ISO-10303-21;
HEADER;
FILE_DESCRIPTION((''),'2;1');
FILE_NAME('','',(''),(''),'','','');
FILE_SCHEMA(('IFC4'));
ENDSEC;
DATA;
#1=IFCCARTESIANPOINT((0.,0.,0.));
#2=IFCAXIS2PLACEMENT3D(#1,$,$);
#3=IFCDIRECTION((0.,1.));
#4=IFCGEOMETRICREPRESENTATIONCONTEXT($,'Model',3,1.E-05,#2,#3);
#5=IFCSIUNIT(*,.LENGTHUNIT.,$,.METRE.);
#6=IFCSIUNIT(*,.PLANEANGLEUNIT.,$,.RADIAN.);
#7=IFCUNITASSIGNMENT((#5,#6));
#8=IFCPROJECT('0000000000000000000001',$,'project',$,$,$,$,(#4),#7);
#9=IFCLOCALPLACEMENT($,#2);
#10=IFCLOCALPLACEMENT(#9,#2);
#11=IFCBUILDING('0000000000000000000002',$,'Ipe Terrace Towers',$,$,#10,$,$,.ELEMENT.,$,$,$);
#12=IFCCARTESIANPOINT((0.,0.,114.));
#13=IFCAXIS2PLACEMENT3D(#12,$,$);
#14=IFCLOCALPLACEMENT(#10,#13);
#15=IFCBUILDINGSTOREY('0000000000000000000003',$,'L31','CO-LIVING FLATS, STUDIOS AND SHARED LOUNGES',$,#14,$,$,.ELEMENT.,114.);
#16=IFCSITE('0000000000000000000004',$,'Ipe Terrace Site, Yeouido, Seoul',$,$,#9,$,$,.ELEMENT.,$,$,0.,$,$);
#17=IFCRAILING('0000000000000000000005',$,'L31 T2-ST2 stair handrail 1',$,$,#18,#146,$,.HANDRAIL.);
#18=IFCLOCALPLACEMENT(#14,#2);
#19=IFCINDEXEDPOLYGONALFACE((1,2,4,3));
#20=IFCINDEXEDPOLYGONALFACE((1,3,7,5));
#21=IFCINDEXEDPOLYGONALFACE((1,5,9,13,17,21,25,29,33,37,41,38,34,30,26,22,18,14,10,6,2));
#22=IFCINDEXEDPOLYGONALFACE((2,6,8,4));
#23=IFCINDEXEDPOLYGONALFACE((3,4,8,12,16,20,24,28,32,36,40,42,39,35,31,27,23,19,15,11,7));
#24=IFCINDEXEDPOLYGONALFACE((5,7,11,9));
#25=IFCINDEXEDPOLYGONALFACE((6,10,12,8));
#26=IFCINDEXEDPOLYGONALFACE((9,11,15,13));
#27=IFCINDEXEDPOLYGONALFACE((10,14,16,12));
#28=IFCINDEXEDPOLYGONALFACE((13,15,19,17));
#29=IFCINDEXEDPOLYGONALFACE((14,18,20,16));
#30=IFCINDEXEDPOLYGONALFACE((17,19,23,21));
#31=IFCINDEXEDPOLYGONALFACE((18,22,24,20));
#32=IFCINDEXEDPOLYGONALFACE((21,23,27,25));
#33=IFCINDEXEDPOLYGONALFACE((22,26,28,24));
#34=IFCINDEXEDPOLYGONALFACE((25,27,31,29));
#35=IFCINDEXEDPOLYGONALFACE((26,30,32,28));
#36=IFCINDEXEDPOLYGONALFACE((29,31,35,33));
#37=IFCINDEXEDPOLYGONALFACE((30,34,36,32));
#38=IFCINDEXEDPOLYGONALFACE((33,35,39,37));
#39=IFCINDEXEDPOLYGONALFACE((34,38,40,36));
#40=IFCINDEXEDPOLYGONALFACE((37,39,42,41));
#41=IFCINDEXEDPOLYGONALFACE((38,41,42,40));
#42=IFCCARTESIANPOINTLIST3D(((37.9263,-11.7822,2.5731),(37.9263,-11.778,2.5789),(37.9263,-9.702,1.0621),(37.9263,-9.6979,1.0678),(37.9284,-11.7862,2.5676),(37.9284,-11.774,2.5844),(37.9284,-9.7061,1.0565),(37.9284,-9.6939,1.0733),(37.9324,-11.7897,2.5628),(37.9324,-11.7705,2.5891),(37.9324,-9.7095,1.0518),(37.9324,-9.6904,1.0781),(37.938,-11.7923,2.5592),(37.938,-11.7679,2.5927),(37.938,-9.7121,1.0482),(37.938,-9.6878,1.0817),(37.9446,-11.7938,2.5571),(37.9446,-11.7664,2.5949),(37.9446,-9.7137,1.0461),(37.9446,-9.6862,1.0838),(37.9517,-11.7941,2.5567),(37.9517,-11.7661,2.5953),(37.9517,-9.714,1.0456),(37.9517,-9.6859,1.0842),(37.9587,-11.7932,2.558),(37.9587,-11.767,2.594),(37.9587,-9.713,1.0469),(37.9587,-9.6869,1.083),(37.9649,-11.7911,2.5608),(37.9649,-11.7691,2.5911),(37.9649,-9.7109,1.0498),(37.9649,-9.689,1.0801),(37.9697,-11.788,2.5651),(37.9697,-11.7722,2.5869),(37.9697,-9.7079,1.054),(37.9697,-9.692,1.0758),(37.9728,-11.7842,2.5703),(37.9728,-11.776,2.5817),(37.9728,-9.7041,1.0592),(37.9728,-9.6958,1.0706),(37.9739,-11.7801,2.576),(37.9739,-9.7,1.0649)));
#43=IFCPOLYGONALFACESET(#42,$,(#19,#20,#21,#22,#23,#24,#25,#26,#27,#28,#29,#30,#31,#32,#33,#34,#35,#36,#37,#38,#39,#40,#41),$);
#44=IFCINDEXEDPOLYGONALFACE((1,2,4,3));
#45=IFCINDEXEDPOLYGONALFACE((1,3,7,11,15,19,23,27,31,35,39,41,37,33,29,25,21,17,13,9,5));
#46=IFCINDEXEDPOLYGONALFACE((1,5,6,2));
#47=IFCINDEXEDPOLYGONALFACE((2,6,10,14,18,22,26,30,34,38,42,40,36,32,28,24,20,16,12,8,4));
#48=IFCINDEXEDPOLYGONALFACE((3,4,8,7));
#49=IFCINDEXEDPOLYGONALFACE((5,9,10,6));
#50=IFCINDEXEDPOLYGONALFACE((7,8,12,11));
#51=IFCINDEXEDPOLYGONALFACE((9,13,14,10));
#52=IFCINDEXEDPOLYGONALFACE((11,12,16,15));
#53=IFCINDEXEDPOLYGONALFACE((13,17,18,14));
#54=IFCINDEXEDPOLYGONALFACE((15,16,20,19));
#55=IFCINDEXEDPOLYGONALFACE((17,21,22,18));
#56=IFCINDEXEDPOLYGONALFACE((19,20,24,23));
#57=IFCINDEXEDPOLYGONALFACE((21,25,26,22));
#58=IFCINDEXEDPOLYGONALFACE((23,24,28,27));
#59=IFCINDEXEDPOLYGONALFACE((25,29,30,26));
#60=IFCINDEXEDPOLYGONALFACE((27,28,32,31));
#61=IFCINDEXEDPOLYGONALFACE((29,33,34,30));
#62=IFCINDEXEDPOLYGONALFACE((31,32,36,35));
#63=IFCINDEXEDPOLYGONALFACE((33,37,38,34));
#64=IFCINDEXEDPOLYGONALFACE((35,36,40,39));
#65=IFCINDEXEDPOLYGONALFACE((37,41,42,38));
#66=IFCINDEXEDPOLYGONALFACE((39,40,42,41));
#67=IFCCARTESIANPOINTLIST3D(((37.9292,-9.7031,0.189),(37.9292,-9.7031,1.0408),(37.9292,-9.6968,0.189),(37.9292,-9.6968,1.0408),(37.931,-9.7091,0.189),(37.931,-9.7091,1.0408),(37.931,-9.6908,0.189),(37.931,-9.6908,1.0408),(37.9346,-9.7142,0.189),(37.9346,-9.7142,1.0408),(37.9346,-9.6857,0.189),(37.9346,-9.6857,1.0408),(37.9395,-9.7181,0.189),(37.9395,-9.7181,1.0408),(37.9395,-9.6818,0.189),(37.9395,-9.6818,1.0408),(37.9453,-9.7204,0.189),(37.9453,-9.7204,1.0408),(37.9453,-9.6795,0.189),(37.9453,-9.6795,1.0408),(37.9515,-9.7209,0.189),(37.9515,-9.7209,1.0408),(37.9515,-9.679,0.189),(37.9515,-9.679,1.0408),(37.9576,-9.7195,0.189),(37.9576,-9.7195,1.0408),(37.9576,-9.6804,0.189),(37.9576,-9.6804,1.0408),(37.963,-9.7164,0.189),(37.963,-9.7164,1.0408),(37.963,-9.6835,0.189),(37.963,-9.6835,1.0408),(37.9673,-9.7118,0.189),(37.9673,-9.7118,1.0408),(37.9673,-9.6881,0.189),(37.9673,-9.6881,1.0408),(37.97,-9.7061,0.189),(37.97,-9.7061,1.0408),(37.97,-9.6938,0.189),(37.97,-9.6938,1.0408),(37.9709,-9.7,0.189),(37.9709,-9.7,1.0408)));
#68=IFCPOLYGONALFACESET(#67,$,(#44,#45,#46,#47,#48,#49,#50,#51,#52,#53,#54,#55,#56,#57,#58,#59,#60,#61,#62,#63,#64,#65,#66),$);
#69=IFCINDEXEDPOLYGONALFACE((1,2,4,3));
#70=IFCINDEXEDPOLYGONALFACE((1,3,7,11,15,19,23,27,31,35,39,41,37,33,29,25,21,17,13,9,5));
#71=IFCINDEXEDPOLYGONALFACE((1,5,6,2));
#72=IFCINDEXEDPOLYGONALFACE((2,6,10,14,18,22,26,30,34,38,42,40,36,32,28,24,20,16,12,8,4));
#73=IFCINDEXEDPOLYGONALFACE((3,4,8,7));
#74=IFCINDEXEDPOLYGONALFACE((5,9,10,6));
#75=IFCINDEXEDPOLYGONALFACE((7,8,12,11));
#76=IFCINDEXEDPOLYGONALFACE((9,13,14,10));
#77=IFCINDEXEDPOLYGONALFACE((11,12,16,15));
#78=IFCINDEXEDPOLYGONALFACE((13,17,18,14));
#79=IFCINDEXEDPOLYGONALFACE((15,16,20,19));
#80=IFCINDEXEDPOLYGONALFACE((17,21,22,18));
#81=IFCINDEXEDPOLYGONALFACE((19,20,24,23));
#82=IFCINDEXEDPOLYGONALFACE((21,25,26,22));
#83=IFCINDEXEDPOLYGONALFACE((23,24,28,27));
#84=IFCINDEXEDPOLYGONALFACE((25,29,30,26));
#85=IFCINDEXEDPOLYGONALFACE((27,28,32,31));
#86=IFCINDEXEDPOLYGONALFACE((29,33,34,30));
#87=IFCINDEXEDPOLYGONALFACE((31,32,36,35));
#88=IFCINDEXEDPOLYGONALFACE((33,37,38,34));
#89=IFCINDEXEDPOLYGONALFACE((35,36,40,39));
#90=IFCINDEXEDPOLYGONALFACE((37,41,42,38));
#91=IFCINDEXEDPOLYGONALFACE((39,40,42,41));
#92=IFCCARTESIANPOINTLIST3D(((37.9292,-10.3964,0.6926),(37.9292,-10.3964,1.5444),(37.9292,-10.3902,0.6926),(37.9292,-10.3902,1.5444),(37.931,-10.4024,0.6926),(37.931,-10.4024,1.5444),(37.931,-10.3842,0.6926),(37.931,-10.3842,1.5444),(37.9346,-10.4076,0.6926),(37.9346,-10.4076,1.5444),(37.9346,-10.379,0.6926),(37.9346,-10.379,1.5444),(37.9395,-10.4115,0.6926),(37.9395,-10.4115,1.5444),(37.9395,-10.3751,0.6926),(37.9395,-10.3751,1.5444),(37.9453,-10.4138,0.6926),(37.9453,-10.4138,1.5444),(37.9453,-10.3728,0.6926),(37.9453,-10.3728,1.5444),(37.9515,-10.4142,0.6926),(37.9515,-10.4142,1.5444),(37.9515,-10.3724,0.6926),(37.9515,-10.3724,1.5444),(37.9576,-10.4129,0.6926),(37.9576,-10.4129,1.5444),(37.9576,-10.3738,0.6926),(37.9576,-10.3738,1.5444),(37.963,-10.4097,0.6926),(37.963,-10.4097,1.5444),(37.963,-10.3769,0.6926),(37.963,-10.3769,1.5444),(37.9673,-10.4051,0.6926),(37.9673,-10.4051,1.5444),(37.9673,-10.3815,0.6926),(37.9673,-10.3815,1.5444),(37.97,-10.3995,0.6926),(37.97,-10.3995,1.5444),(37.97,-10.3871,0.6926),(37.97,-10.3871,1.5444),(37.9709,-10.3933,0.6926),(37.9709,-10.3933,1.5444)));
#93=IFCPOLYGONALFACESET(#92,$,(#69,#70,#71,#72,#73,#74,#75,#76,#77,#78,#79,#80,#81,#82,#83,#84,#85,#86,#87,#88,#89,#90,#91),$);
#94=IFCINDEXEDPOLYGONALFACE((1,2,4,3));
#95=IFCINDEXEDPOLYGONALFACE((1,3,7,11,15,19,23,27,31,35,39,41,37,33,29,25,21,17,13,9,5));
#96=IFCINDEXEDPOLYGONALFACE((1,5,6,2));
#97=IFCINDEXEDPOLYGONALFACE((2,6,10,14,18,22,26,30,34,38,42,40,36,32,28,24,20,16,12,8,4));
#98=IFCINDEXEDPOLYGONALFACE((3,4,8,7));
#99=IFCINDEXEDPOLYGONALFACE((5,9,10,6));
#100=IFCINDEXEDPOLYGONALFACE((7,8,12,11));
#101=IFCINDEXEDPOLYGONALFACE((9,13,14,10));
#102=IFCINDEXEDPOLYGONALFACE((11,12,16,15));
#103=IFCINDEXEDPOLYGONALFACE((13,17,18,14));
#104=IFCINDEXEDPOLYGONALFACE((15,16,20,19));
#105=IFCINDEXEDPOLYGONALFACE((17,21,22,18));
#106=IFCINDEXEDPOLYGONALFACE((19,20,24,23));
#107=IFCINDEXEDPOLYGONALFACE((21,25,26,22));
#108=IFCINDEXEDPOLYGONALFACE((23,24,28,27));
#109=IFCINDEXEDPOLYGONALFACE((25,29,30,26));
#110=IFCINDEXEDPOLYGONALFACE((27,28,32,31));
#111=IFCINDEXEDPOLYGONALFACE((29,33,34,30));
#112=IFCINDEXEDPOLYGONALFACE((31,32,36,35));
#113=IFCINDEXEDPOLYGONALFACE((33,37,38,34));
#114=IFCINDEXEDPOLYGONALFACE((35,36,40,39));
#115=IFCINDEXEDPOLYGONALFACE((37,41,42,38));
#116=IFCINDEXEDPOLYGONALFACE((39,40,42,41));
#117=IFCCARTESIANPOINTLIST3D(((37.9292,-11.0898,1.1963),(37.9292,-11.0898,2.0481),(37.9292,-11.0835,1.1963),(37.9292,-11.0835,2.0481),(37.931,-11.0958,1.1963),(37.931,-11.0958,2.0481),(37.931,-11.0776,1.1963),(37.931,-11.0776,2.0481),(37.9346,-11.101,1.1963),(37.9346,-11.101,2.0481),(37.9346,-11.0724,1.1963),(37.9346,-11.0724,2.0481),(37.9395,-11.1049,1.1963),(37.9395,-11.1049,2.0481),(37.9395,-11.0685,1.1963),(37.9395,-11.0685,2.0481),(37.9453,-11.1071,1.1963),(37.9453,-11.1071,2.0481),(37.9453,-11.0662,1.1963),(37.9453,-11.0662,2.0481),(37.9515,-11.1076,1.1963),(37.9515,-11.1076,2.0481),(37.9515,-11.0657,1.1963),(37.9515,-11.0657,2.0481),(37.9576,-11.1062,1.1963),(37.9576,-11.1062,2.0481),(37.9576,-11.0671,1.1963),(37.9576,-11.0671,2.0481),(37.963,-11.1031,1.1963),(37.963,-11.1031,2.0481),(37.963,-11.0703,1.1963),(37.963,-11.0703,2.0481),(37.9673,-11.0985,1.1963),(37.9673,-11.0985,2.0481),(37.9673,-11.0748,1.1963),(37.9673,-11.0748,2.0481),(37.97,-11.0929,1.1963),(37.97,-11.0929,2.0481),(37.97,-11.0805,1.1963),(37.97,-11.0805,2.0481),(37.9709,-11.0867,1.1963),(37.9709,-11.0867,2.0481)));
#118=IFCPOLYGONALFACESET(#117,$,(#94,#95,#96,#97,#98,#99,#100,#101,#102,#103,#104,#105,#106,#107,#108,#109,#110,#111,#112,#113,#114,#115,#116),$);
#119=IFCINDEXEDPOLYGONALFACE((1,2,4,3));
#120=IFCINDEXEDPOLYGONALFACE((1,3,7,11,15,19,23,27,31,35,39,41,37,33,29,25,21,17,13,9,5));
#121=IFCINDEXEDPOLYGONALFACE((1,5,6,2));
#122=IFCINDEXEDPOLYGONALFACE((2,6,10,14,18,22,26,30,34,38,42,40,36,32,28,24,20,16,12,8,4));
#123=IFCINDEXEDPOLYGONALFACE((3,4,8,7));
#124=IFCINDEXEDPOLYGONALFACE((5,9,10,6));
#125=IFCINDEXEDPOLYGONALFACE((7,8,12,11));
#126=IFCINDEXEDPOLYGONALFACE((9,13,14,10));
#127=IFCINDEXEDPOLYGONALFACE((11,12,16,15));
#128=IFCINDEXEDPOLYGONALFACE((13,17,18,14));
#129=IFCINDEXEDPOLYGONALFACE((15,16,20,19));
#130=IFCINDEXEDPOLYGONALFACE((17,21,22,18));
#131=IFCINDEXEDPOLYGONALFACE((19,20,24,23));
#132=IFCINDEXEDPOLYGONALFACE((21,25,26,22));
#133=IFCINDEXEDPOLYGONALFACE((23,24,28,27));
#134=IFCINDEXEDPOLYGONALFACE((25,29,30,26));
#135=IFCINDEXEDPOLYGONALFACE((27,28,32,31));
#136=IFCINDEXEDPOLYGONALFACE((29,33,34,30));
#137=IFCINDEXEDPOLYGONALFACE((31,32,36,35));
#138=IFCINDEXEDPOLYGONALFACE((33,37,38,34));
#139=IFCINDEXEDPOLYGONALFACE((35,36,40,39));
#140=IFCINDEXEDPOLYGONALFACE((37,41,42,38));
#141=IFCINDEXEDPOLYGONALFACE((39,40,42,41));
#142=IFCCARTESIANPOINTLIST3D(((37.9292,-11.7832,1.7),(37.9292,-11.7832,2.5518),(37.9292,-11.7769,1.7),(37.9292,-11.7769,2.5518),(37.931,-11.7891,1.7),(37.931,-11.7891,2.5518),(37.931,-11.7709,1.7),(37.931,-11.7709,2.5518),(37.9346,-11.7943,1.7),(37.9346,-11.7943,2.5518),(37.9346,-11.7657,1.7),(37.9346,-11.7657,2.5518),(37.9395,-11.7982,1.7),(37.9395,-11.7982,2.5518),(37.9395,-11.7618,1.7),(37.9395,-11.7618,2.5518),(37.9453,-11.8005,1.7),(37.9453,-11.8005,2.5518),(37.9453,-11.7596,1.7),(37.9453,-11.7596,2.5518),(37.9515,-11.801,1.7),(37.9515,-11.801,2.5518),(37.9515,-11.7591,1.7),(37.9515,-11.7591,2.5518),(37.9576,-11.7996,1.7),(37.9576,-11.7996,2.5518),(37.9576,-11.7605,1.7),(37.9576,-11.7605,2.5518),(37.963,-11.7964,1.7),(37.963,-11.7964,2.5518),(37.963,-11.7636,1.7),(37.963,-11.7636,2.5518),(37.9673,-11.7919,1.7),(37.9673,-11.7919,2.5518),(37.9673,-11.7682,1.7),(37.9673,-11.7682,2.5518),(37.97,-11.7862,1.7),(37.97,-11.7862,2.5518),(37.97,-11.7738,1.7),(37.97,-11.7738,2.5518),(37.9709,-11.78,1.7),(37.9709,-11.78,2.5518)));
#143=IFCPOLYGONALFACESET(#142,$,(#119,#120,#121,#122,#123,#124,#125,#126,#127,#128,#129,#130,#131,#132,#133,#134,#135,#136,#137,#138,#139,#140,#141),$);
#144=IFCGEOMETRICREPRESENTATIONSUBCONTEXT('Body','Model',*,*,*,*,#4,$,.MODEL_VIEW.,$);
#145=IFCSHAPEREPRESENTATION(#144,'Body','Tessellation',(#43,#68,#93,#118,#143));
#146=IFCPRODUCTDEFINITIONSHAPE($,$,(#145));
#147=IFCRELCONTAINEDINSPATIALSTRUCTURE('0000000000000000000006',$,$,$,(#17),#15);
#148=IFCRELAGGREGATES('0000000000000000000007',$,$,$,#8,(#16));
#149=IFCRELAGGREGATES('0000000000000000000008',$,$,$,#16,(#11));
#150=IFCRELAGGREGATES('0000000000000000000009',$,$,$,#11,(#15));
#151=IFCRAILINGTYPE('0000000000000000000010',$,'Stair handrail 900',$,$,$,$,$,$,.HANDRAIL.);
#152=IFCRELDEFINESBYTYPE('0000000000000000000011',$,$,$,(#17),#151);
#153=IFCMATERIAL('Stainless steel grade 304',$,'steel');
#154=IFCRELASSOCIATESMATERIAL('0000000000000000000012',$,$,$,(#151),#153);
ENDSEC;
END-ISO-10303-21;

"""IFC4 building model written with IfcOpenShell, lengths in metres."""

from ifc_helpers import new_model, si_unit, direction, frame, origin, origin_2d, place, context, subcontext, project, spatial, circle, extrude, material, type_object, element, save


model = new_model("IFC4")

# Units and contexts
model_context = context("Model", 3, precision=1e-05, world=origin(), true_north=direction((0.0, 1.0)))
body_context = subcontext(model_context, "Body", "Model", "MODEL_VIEW")
ifc_project = project(units=[si_unit("LENGTHUNIT", "METRE"), si_unit("PLANEANGLEUNIT", "RADIAN")], contexts=[model_context])

# Site, building, storey
site_placement = place(None, origin())
site = spatial("IfcSite", under=ifc_project, at=site_placement, Name="Ipe Terrace Site, Yeouido, Seoul", CompositionType="ELEMENT", RefElevation=0.0)
building_placement = place(site_placement, origin())
building = spatial("IfcBuilding", under=site, at=building_placement, Name="Ipe Terrace Towers", CompositionType="ELEMENT")
storey_placement = place(building_placement, frame((0.0, 0.0, 114.0)))
storey = spatial("IfcBuildingStorey", under=building, at=storey_placement, Name="L31", Description="CO-LIVING FLATS, STUDIOS AND SHARED LOUNGES", CompositionType="ELEMENT", Elevation=114.0)

# Railing
ifc_material_1 = material(Name="Stainless steel grade 304", Category="steel")
railing_type_1 = type_object("IfcRailingType", Name="Stair handrail 900", PredefinedType="HANDRAIL", material=ifc_material_1)
railing_1_placement = place(storey_placement, frame((37.95, -9.7, 0.189)))
element("IfcRailing", 1, at=railing_1_placement, inside=storey, type_object=railing_type_1, Name="L31 T2-ST2 stair handrail 1", PredefinedType="HANDRAIL", context=body_context, shape_type="SweptSolid", body=[
    extrude(circle(Radius=0.0239, at=origin_2d()), frame((0.0, 0.0, 0.876), z_axis=(0.0, -0.809069, 0.587714), x_axis=(1.0, 0.0, 0.0)), (0.0, 0.0, 1.0), 2.571),
    extrude(circle(Radius=0.021, at=origin_2d()), origin(), (0.0, 0.0, 1.0), 0.8518),
    extrude(circle(Radius=0.021, at=origin_2d()), frame((0.0, -0.6934, 0.5037)), (0.0, 0.0, 1.0), 0.8518),
    extrude(circle(Radius=0.021, at=origin_2d()), frame((0.0, -1.3867, 1.0073)), (0.0, 0.0, 1.0), 0.8518),
    extrude(circle(Radius=0.021, at=origin_2d()), frame((0.0, -2.0801, 1.511)), (0.0, 0.0, 1.0), 0.8518),
])

save(model, "model.ifc")
